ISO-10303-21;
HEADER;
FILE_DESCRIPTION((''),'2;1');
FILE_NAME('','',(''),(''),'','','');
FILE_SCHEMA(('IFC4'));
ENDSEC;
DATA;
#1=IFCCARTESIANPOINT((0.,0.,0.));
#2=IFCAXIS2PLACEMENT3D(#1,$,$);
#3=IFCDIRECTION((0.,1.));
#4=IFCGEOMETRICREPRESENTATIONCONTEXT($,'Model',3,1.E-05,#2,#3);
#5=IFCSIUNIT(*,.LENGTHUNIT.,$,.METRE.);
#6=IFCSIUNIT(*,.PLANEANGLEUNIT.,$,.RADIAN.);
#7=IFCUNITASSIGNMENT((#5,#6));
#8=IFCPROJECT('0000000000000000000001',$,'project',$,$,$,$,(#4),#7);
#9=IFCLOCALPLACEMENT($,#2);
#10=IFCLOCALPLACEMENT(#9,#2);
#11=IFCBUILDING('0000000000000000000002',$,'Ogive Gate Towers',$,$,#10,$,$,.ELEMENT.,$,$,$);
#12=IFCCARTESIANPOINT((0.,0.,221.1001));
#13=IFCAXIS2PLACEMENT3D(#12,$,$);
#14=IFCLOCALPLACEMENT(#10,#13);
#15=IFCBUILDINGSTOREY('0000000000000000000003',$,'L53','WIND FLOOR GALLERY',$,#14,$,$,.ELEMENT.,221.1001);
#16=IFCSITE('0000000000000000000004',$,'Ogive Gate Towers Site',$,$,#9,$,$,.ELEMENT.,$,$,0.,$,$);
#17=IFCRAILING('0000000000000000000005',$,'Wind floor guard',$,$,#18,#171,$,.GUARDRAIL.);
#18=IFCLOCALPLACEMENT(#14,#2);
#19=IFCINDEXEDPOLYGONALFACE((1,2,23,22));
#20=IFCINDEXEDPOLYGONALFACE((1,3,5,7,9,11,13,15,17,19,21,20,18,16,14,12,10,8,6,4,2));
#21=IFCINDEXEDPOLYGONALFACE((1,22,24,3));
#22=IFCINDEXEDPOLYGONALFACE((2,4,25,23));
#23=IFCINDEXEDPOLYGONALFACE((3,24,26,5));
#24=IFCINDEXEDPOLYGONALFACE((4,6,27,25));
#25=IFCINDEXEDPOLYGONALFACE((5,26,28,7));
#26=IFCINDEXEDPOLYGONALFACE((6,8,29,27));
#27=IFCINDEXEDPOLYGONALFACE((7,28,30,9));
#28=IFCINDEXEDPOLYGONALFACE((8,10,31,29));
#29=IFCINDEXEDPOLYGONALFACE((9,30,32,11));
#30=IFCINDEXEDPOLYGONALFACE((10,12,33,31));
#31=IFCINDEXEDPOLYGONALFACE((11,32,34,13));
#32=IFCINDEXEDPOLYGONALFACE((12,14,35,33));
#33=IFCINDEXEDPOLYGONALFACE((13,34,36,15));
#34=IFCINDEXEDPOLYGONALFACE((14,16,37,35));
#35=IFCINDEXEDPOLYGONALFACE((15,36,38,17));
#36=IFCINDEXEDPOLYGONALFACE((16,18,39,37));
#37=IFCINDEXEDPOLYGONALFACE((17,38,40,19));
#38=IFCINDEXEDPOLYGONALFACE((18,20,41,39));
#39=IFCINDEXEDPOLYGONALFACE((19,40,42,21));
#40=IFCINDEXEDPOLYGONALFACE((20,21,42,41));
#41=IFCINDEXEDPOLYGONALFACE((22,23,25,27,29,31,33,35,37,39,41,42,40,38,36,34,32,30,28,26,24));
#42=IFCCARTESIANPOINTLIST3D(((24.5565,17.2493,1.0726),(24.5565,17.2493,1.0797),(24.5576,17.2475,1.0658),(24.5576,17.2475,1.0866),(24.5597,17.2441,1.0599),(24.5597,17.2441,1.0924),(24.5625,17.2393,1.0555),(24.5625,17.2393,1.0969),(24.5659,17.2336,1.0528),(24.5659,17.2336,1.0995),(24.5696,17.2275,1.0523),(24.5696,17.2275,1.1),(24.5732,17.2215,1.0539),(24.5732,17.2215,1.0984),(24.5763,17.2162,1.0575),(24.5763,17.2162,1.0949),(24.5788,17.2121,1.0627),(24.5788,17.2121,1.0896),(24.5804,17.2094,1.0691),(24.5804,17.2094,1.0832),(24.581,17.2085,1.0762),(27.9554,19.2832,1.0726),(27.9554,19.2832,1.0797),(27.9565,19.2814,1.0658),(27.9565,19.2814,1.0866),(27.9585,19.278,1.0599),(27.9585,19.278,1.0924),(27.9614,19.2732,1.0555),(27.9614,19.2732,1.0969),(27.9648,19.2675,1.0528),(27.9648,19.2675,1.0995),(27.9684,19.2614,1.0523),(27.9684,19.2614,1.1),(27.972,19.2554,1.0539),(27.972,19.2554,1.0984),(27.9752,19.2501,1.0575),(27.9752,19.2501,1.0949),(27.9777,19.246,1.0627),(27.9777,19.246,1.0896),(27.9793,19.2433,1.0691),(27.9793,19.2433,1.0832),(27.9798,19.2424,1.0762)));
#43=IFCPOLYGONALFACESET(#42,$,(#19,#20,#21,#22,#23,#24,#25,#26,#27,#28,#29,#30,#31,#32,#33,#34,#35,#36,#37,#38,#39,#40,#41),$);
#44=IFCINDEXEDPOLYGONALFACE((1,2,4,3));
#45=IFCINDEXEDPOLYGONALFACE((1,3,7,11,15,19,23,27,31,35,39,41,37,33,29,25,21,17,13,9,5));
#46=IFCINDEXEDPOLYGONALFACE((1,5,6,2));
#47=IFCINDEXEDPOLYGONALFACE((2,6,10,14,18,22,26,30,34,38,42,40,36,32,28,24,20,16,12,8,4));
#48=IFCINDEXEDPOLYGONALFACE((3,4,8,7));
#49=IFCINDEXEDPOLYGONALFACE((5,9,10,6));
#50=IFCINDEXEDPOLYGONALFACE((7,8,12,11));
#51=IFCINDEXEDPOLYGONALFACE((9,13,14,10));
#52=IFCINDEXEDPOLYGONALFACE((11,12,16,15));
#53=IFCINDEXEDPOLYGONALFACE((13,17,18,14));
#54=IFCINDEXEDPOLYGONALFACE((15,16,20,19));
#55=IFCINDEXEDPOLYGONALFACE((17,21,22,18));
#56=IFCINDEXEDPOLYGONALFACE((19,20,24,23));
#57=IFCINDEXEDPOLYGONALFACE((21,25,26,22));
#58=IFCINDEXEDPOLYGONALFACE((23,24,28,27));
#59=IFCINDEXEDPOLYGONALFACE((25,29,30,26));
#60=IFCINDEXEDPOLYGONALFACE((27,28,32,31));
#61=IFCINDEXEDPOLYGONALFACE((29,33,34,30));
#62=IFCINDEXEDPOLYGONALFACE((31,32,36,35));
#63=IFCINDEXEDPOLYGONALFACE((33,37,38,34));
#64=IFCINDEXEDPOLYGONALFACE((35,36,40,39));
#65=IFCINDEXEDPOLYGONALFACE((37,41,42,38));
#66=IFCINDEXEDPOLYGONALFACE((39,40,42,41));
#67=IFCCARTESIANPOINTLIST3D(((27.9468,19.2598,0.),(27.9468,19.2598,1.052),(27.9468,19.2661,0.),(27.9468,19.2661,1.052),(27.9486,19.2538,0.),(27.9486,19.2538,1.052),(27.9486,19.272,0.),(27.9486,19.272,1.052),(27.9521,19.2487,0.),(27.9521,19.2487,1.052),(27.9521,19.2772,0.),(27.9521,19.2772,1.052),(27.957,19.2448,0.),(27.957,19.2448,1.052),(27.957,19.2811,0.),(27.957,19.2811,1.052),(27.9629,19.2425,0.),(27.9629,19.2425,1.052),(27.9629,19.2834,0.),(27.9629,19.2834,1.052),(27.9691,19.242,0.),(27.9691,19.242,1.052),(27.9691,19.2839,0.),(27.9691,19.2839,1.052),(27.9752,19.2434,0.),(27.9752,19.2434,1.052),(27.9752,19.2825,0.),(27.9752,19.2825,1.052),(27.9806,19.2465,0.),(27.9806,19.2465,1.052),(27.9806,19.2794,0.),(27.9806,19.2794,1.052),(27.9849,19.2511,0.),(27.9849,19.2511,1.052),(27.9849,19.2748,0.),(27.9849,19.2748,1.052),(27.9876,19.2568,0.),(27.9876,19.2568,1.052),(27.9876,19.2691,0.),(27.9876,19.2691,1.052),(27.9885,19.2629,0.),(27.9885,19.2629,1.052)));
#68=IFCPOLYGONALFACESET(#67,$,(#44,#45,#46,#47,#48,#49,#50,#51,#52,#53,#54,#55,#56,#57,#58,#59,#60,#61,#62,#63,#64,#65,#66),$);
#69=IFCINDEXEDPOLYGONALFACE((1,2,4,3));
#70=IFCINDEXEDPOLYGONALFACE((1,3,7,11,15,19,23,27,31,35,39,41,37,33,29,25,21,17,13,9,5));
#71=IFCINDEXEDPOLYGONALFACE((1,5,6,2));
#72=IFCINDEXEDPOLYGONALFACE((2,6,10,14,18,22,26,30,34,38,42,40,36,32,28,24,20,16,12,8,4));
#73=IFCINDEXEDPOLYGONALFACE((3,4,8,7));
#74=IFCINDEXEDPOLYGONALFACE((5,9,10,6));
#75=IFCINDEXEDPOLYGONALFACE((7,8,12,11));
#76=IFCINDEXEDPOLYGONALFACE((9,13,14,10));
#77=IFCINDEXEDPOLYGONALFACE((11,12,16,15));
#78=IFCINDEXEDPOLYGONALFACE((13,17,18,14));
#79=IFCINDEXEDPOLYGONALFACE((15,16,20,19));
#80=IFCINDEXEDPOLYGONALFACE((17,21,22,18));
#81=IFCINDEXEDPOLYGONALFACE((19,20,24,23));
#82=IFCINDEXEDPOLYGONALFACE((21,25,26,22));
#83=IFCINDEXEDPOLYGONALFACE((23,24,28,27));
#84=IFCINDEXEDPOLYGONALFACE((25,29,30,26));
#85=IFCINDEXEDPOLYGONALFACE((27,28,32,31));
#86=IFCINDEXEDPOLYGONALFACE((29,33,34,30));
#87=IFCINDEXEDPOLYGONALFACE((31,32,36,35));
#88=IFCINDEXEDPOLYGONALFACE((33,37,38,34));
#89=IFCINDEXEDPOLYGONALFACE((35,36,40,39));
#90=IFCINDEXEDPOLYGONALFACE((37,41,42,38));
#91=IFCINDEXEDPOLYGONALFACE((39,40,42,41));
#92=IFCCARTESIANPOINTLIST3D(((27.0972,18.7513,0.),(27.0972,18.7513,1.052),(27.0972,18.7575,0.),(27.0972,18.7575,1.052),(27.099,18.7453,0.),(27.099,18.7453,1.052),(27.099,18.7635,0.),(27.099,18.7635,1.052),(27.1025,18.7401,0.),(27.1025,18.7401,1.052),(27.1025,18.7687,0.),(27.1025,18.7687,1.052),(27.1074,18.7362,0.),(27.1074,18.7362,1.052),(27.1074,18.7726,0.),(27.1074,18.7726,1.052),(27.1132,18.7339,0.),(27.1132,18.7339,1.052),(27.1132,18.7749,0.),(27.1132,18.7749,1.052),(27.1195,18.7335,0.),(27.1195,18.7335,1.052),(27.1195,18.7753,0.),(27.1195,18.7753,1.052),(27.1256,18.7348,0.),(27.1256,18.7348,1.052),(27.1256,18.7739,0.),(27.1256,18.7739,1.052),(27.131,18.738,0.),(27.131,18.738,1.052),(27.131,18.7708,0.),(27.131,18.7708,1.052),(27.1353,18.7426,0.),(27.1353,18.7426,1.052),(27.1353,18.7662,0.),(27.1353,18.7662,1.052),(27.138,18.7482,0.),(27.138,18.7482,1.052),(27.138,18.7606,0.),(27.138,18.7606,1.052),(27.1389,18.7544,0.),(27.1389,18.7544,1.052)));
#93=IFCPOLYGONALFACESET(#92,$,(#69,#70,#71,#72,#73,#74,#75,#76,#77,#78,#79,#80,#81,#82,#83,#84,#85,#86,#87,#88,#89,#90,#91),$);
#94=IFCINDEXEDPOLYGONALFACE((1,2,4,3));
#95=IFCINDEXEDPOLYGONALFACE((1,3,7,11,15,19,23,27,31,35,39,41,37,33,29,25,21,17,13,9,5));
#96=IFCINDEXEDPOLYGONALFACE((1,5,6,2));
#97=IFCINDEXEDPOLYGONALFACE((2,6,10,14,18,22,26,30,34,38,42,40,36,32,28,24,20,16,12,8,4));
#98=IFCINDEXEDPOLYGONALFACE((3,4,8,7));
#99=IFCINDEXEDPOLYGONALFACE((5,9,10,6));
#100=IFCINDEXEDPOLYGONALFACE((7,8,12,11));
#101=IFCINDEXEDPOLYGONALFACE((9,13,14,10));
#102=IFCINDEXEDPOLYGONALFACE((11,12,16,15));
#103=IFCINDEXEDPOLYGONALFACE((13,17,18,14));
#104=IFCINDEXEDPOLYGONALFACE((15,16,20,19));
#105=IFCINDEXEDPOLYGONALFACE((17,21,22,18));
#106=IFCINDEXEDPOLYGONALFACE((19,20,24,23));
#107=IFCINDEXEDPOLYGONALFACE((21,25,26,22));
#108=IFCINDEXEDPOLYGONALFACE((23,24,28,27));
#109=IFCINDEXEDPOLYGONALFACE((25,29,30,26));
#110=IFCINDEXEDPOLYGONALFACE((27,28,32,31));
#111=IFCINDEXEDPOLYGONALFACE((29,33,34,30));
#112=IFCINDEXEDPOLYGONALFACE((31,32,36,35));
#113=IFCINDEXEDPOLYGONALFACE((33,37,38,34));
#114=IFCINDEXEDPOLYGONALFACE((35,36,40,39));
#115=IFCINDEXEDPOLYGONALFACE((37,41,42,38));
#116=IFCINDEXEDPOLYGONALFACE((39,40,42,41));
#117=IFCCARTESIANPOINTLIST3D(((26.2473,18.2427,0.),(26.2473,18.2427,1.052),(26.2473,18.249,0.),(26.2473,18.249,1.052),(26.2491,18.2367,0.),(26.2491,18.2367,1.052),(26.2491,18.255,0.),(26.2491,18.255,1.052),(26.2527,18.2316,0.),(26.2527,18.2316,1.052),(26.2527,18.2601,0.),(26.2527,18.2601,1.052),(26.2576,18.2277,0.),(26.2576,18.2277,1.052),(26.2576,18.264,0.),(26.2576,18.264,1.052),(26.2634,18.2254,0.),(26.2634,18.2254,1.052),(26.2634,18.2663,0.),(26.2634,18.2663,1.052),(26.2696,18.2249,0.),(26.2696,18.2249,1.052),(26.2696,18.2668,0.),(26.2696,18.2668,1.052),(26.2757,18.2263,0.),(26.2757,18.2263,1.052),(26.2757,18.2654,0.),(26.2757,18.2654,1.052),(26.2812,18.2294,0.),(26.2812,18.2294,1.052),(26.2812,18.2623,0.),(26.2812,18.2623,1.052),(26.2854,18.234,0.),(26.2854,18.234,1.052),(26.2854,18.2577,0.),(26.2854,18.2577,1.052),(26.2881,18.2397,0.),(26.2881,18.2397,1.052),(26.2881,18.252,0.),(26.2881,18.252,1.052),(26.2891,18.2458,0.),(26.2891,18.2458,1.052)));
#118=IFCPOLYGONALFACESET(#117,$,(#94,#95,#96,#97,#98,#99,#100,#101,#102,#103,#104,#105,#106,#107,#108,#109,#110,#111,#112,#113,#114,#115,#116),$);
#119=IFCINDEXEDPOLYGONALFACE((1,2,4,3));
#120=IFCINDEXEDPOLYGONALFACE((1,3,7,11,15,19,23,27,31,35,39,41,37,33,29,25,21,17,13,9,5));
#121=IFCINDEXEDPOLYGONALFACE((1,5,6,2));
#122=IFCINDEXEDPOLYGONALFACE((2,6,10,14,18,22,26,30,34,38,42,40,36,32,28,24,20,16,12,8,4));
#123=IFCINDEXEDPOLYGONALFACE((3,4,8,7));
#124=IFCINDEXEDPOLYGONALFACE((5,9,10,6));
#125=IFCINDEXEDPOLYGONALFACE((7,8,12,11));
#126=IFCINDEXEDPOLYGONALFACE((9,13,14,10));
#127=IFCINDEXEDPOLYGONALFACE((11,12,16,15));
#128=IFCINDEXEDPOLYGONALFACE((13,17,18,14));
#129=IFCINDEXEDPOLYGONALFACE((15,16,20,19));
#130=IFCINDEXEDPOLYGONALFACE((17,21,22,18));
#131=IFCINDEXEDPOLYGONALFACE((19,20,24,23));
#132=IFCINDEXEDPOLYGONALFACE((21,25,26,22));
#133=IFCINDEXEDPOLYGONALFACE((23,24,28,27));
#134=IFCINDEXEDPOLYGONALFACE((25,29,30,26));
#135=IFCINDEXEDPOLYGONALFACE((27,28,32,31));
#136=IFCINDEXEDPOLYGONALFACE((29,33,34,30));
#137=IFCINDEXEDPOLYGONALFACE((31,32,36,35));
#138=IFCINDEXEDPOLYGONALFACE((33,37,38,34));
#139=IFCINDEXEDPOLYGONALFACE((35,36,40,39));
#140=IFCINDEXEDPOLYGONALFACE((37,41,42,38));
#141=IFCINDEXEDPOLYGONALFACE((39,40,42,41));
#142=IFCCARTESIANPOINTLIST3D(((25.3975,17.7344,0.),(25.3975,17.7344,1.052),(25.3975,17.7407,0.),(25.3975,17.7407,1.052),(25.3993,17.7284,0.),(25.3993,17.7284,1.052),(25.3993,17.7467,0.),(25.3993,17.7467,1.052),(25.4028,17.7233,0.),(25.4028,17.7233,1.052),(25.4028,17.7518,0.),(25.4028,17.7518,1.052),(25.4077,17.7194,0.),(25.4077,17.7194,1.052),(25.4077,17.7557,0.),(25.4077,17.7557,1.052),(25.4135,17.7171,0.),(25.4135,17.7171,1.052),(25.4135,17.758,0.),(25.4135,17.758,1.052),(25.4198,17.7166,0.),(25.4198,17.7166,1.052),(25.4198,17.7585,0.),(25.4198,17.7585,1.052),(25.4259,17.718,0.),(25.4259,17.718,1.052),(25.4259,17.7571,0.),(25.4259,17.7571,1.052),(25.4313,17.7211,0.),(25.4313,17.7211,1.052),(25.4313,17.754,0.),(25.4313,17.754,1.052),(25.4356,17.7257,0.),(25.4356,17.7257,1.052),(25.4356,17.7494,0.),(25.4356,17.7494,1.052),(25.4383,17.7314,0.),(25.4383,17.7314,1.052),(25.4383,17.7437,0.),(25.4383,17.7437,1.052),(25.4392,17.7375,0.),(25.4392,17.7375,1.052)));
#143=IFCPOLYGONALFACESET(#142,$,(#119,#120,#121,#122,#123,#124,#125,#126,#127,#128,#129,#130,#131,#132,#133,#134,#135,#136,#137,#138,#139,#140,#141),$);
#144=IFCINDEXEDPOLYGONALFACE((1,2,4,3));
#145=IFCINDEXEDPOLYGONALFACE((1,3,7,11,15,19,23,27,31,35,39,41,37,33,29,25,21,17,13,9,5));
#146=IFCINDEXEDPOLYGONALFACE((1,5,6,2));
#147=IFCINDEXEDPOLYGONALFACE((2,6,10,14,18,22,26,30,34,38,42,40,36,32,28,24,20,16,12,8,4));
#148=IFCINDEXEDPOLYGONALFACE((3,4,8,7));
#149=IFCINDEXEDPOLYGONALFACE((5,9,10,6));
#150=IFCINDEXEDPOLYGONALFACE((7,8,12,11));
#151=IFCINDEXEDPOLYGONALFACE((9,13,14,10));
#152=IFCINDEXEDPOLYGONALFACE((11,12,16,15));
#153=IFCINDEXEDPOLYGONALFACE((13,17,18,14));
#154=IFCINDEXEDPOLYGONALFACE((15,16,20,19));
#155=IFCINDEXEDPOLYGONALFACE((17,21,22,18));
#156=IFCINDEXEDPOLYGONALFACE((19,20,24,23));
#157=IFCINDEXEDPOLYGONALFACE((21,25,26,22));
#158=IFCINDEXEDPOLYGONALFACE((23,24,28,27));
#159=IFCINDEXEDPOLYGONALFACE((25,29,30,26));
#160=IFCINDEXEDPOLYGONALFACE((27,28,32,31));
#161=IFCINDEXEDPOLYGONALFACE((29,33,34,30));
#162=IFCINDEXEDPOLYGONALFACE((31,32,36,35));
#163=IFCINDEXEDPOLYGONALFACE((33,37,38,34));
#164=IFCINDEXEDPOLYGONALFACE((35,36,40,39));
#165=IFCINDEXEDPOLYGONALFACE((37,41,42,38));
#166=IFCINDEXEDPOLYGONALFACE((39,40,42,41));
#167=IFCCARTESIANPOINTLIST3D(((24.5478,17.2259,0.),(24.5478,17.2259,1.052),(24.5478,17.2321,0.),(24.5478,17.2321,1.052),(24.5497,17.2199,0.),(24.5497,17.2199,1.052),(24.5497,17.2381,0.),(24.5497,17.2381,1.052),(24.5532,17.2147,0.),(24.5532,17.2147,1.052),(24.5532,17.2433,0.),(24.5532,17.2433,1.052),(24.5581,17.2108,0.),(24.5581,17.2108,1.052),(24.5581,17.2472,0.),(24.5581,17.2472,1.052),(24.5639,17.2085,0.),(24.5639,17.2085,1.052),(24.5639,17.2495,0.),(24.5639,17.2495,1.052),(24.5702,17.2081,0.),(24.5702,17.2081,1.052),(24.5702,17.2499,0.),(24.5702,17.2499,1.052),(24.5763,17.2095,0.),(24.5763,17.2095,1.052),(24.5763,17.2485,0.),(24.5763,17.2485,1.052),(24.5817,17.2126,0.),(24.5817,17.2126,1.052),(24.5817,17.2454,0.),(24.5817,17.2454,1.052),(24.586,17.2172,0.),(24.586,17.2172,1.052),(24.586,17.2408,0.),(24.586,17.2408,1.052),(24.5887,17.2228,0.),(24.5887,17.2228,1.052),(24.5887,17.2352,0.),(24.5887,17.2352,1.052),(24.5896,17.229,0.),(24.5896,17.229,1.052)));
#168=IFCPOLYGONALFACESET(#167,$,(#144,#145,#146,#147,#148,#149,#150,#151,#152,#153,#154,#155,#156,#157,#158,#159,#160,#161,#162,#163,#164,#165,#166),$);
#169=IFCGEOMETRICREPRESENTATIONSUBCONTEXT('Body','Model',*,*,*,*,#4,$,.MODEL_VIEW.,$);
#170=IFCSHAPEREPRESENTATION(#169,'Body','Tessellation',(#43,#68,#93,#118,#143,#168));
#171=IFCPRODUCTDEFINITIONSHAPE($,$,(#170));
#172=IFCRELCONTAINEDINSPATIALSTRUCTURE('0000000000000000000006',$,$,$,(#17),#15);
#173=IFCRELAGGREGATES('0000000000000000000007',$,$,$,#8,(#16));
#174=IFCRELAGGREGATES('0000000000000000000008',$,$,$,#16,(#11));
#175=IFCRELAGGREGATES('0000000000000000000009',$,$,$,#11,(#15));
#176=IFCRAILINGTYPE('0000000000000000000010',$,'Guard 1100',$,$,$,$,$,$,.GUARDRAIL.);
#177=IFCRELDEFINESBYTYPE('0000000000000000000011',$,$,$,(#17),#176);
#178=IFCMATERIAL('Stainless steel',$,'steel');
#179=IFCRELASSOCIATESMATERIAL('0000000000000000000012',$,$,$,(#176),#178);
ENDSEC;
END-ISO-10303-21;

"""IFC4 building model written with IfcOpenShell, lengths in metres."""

from ifc_helpers import new_model, si_unit, direction, frame, origin, origin_2d, place, context, subcontext, project, spatial, circle, extrude, material, type_object, element, save


model = new_model("IFC4")

# Units and contexts
model_context = context("Model", 3, precision=1e-05, world=origin(), true_north=direction((0.0, 1.0)))
body_context = subcontext(model_context, "Body", "Model", "MODEL_VIEW")
ifc_project = project(units=[si_unit("LENGTHUNIT", "METRE"), si_unit("PLANEANGLEUNIT", "RADIAN")], contexts=[model_context])

# Site, building, storey
site_placement = place(None, origin())
site = spatial("IfcSite", under=ifc_project, at=site_placement, Name="Ogive Gate Towers Site", CompositionType="ELEMENT", RefElevation=0.0)
building_placement = place(site_placement, origin())
building = spatial("IfcBuilding", under=site, at=building_placement, Name="Ogive Gate Towers", CompositionType="ELEMENT")
storey_placement = place(building_placement, frame((0.0, 0.0, 221.1001)))
storey = spatial("IfcBuildingStorey", under=building, at=storey_placement, Name="L53", Description="WIND FLOOR GALLERY", CompositionType="ELEMENT", Elevation=221.1001)

# Railing
ifc_material_1 = material(Name="Stainless steel", Category="steel")
railing_type_1 = type_object("IfcRailingType", Name="Guard 1100", PredefinedType="GUARDRAIL", material=ifc_material_1)
railing_1_placement = place(storey_placement, frame((27.9675, 19.2629, 0.0)))
element("IfcRailing", 1, at=railing_1_placement, inside=storey, type_object=railing_type_1, Name="Wind floor guard", PredefinedType="GUARDRAIL", context=body_context, shape_type="SweptSolid", body=[
    extrude(circle(Radius=0.0239, at=origin_2d()), frame((0.0, 0.0, 1.0762), z_axis=(-0.858096, -0.513489, 0.0), x_axis=(0.513489, -0.858096, 0.0)), (0.0, 0.0, 1.0), 3.9609),
    extrude(circle(Radius=0.021, at=origin_2d()), origin(), (0.0, 0.0, 1.0), 1.052),
    extrude(circle(Radius=0.021, at=origin_2d()), frame((-0.8496, -0.5085, 0.0)), (0.0, 0.0, 1.0), 1.052),
    extrude(circle(Radius=0.021, at=origin_2d()), frame((-1.6995, -1.0171, 0.0)), (0.0, 0.0, 1.0), 1.052),
    extrude(circle(Radius=0.021, at=origin_2d()), frame((-2.5493, -1.5254, 0.0)), (0.0, 0.0, 1.0), 1.052),
    extrude(circle(Radius=0.021, at=origin_2d()), frame((-3.3989, -2.0339, 0.0)), (0.0, 0.0, 1.0), 1.052),
])

save(model, "model.ifc")
